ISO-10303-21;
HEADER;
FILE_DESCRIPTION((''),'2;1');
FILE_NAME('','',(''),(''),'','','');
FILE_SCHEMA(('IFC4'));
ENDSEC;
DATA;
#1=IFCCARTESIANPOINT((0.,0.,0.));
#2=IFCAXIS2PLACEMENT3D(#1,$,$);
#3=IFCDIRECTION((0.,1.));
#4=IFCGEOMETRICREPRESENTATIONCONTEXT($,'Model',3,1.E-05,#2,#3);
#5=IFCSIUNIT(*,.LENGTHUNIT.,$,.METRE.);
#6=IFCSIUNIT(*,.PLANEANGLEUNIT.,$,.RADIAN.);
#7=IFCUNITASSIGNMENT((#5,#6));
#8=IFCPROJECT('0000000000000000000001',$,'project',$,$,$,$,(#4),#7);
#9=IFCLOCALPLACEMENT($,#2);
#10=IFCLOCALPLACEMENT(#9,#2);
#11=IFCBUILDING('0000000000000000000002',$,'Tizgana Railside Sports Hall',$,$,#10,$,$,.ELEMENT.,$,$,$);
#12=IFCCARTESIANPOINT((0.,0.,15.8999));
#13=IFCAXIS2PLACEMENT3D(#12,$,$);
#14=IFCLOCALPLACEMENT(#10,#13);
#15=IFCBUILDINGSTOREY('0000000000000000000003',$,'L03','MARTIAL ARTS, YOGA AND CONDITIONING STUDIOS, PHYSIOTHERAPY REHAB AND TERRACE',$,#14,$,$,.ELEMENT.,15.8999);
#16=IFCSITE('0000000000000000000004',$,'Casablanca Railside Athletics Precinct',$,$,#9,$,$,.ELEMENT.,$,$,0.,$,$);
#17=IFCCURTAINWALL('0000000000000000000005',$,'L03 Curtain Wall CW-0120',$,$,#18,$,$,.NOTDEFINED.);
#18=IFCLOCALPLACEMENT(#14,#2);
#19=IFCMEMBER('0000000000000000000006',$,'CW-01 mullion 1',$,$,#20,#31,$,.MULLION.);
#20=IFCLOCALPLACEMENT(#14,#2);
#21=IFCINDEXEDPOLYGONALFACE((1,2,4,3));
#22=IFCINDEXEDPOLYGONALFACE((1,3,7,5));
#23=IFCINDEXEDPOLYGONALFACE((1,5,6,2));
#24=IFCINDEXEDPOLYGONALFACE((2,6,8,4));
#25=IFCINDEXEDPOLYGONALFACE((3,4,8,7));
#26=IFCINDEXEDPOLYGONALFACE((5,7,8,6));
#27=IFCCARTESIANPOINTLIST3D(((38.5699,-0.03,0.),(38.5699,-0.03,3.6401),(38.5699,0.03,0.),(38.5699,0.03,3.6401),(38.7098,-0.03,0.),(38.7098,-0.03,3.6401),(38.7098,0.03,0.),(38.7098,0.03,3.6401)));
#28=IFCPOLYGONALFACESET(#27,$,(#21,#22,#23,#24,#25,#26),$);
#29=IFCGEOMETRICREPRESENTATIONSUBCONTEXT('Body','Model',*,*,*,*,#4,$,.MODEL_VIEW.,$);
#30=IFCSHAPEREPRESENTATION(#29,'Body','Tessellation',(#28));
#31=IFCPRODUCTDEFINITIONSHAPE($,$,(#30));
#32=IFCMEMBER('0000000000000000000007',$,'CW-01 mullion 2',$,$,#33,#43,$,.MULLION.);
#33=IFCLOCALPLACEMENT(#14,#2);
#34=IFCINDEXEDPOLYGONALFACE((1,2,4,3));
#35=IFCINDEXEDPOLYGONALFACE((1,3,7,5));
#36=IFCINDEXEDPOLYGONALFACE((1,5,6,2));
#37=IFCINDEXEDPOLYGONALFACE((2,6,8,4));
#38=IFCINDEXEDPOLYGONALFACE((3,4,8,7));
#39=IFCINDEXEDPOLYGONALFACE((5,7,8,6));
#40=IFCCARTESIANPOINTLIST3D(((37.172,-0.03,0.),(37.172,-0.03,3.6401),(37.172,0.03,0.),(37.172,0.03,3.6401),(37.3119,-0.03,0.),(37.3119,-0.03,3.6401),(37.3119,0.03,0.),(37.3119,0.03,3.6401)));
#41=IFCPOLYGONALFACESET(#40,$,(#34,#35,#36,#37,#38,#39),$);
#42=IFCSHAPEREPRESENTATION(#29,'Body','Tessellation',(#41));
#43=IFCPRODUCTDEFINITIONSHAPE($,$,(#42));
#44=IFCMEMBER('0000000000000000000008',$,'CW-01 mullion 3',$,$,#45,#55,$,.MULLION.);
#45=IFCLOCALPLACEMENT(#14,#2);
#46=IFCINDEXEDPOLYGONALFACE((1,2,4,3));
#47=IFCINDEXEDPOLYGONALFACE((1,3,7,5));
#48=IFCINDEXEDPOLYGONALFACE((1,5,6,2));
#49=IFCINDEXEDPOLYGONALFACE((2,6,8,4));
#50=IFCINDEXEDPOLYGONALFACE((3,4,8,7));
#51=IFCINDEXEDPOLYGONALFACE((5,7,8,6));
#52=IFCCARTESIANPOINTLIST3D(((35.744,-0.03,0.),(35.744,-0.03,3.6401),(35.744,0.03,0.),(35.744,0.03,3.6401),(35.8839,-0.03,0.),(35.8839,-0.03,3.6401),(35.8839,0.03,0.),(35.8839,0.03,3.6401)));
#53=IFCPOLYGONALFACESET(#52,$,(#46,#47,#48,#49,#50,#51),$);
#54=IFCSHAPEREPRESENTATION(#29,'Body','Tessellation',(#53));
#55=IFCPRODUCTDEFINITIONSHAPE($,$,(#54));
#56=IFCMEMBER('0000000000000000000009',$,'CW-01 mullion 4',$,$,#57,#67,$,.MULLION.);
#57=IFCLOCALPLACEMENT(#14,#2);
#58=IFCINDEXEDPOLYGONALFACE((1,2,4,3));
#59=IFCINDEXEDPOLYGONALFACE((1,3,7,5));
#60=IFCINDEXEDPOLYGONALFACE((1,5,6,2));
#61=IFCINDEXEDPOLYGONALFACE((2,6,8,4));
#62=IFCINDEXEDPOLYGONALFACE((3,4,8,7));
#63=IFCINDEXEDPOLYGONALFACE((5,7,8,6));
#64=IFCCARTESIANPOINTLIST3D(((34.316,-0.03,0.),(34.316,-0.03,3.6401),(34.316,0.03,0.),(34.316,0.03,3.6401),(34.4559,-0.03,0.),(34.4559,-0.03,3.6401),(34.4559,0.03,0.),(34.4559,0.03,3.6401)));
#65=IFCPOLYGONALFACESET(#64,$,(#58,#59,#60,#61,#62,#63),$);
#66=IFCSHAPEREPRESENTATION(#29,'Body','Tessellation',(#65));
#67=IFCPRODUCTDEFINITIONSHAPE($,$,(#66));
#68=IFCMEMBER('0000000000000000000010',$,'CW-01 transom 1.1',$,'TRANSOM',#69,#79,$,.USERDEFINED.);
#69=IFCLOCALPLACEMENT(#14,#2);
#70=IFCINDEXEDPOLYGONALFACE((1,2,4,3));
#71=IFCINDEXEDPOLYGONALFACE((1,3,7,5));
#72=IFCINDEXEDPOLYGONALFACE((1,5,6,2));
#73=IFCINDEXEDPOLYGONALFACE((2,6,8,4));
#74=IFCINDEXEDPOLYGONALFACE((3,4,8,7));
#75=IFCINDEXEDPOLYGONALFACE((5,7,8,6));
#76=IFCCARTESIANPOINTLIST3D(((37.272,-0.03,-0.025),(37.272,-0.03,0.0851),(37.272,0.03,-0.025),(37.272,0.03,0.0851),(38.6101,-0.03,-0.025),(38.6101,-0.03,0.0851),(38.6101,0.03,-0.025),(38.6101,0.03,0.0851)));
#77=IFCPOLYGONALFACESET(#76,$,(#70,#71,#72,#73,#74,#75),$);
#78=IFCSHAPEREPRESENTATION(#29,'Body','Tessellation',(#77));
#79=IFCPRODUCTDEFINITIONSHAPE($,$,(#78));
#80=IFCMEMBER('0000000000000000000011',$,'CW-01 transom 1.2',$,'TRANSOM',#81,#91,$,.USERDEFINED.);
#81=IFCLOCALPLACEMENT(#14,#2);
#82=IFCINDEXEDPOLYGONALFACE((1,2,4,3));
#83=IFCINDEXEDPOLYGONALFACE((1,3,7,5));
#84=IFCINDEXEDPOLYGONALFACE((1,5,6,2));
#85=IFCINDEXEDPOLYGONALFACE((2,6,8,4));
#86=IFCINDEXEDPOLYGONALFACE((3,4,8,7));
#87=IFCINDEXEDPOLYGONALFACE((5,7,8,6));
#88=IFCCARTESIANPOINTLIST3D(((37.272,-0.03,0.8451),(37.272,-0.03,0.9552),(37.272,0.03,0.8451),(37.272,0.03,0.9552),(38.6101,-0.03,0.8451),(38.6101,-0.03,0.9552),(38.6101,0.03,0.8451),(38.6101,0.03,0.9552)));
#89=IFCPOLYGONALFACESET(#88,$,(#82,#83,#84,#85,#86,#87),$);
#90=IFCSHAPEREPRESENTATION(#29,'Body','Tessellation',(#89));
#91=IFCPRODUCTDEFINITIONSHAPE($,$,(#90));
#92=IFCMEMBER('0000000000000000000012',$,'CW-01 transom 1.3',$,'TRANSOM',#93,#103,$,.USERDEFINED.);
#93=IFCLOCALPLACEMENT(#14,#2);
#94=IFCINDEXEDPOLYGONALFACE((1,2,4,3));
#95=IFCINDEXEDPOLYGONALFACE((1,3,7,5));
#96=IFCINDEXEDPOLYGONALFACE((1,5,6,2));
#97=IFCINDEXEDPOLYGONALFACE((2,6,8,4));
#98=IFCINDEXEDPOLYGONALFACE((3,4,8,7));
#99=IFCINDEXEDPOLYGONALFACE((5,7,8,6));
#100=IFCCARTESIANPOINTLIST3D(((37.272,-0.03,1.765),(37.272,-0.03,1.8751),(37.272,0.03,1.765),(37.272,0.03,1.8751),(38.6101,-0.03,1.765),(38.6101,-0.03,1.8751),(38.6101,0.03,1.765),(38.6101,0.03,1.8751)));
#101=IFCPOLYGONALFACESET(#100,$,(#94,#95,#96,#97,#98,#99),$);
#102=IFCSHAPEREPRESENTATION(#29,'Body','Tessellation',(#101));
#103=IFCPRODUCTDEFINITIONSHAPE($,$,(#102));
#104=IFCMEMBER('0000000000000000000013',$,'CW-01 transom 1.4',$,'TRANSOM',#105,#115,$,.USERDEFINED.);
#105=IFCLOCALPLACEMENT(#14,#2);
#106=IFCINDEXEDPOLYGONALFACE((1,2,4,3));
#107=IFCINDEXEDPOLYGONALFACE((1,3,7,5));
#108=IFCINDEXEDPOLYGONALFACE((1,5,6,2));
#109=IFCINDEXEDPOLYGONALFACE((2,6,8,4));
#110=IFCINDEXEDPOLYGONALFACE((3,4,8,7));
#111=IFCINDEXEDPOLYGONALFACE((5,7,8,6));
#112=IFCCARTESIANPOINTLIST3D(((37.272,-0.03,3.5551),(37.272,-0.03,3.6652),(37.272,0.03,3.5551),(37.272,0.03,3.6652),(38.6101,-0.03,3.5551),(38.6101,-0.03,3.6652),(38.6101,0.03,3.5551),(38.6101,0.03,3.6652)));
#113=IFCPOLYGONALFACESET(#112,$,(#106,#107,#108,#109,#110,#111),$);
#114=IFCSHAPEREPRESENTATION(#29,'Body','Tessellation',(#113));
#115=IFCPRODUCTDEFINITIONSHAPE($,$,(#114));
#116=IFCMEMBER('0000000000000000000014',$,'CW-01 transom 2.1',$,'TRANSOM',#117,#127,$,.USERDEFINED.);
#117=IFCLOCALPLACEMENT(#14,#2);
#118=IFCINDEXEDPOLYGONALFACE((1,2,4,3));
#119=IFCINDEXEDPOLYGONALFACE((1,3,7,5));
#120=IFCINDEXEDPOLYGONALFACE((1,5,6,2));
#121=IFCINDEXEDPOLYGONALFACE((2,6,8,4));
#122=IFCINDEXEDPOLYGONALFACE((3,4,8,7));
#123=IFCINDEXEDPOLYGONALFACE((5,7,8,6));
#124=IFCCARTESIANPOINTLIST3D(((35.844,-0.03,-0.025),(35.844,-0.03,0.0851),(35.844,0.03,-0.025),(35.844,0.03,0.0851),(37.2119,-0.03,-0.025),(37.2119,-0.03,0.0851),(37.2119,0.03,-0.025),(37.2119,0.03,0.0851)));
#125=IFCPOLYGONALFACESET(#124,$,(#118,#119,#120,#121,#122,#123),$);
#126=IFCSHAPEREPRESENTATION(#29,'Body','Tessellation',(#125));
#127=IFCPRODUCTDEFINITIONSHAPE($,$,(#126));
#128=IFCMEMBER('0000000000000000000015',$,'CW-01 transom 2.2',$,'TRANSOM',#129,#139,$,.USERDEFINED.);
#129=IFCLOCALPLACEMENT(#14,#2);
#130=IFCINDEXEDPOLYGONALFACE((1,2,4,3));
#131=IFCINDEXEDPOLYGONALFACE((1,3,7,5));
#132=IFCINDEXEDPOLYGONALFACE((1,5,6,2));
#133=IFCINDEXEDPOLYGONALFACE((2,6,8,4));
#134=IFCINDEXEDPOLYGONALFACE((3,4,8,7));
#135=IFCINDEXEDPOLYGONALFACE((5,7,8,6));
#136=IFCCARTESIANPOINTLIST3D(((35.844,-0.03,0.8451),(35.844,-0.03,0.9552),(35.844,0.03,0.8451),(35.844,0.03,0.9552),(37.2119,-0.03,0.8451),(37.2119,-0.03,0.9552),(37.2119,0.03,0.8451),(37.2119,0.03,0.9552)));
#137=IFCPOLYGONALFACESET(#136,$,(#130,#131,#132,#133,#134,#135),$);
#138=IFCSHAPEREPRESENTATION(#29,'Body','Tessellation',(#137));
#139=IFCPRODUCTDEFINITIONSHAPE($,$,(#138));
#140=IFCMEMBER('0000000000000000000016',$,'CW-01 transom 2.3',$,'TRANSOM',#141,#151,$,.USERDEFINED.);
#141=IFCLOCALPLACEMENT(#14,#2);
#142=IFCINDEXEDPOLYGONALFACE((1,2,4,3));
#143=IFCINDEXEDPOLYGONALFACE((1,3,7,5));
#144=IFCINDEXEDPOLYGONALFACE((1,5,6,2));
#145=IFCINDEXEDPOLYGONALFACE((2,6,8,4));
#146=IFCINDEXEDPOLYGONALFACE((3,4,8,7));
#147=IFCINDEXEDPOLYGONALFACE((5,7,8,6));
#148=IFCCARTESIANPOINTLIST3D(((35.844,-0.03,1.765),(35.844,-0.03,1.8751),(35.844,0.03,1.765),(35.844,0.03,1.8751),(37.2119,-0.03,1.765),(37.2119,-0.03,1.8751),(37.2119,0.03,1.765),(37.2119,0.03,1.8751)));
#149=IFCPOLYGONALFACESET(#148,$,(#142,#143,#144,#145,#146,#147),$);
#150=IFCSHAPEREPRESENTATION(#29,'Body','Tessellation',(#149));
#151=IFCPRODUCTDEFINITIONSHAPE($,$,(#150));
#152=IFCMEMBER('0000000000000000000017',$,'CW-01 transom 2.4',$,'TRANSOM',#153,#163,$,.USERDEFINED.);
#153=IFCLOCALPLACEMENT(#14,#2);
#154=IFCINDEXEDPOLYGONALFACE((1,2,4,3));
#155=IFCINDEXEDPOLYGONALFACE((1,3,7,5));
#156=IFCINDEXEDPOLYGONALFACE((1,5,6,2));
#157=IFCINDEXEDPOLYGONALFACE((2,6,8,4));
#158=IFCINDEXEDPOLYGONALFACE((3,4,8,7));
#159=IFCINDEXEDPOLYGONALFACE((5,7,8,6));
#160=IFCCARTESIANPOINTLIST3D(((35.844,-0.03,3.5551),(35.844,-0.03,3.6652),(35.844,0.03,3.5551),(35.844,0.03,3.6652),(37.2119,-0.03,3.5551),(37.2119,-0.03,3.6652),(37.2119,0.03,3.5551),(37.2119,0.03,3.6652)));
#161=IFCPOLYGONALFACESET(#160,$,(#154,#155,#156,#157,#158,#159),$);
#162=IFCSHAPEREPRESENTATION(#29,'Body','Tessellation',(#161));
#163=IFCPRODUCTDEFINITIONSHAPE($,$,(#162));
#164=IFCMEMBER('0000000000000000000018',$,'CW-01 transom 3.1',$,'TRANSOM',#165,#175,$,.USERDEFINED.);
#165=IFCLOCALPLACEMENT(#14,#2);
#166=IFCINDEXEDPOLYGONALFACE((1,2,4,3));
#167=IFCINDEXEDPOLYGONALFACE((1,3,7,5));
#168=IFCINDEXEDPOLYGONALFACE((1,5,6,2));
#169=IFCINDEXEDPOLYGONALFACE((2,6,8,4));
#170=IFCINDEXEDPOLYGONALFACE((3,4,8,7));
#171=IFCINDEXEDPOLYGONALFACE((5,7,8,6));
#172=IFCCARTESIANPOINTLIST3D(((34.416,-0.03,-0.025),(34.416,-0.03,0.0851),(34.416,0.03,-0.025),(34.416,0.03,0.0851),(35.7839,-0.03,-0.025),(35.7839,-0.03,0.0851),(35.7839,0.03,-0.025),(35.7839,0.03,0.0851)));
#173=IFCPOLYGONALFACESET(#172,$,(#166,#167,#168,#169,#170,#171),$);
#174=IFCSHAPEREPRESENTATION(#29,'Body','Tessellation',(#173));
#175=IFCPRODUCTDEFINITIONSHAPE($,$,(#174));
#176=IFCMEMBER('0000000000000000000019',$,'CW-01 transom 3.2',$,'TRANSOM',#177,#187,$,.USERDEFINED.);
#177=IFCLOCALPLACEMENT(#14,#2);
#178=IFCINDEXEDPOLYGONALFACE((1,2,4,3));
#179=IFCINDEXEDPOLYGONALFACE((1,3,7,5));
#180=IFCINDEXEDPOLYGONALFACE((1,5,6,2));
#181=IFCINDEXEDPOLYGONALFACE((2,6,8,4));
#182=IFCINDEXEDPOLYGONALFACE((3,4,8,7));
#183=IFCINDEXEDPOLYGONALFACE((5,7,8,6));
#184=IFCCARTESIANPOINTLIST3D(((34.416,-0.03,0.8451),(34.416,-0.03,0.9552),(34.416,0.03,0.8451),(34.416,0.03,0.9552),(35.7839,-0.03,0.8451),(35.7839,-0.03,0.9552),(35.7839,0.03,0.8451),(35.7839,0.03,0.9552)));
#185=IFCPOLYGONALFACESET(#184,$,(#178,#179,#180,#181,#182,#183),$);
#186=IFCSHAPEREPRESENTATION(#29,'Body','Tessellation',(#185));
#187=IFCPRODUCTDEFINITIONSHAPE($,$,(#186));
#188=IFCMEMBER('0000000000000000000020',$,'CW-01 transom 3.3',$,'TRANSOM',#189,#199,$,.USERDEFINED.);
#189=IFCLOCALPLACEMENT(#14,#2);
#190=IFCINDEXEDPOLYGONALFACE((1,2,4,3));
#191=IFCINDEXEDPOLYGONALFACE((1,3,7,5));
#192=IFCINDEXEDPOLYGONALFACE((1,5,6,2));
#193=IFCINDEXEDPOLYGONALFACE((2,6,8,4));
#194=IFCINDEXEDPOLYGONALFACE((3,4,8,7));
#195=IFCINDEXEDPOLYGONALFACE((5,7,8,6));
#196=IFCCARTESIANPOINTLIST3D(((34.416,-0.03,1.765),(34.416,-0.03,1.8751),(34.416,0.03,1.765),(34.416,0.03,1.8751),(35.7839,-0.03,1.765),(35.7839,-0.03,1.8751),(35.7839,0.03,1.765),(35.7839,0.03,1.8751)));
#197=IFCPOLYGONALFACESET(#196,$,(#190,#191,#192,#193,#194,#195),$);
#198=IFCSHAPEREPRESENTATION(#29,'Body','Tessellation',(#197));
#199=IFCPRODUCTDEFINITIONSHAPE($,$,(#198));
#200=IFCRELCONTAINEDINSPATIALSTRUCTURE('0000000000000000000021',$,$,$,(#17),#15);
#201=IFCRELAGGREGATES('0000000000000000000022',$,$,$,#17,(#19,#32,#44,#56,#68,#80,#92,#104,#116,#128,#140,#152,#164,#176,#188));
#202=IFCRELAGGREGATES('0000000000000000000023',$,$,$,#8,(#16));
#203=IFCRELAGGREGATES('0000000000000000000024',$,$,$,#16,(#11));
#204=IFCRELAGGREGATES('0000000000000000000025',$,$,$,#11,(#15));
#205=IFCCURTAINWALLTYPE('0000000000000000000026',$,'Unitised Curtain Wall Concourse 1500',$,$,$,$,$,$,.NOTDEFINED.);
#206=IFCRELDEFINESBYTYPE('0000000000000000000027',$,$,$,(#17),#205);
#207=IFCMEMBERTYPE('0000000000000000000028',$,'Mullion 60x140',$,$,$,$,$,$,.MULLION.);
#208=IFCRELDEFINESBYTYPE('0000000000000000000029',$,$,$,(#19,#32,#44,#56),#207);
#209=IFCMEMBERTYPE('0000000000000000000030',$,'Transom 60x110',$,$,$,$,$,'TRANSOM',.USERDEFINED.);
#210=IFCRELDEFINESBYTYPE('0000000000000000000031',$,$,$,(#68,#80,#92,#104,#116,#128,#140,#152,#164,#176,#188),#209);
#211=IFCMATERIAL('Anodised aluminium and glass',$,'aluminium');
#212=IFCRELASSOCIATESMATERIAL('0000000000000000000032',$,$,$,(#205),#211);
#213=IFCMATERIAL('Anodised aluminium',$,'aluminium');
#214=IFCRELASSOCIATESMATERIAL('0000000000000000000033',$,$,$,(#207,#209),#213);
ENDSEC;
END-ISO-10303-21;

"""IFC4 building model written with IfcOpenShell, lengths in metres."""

from ifc_helpers import new_model, si_unit, direction, frame, origin, origin_2d, place, context, subcontext, project, spatial, rectangle, extrude, material, material_profile, profile_set, type_object, element, aggregate, save


model = new_model("IFC4")

# Units and contexts
model_context = context("Model", 3, precision=1e-05, world=origin(), true_north=direction((0.0, 1.0)))
body_context = subcontext(model_context, "Body", "Model", "MODEL_VIEW")
ifc_project = project(units=[si_unit("LENGTHUNIT", "METRE"), si_unit("PLANEANGLEUNIT", "RADIAN")], contexts=[model_context])

# Site, building, storey
site_placement = place(None, origin())
site = spatial("IfcSite", under=ifc_project, at=site_placement, Name="Casablanca Railside Athletics Precinct", CompositionType="ELEMENT", RefElevation=0.0)
building_placement = place(site_placement, origin())
building = spatial("IfcBuilding", under=site, at=building_placement, Name="Tizgana Railside Sports Hall", CompositionType="ELEMENT")
storey_placement = place(building_placement, frame((0.0, 0.0, 15.8999)))
storey = spatial("IfcBuildingStorey", under=building, at=storey_placement, Name="L03", Description="MARTIAL ARTS, YOGA AND CONDITIONING STUDIOS, PHYSIOTHERAPY REHAB AND TERRACE", CompositionType="ELEMENT", Elevation=15.8999)

# Curtain wall, members
ifc_material_1 = material(Name="Anodised aluminium and glass", Category="aluminium")
curtain_wall_type = type_object("IfcCurtainWallType", Name="Unitised Curtain Wall Concourse 1500", PredefinedType="NOTDEFINED", material=ifc_material_1)
curtain_wall_placement = place(storey_placement, origin())
curtain_wall = element("IfcCurtainWall", 1, at=curtain_wall_placement, inside=storey, type_object=curtain_wall_type, Name="L03 Curtain Wall CW-0120", PredefinedType="NOTDEFINED")
ifc_material_2 = material(Name="Anodised aluminium", Category="aluminium")
ifc_material_profile_1 = material_profile(ifc_material_2, rectangle(XDim=0.0601, YDim=0.1399, at=origin_2d()), Name="Mullion 60x140")
ifc_profile_set_1 = profile_set([ifc_material_profile_1], Name="Anodised aluminium")
member_type_1 = type_object("IfcMemberType", Name="Mullion 60x140", PredefinedType="MULLION", material=ifc_profile_set_1)
member_1_placement = place(storey_placement, frame((38.6399, 0.0, 0.0), z_axis=(0.0, 0.0, 1.0), x_axis=(0.0, -1.0, 0.0)))
member_1 = element("IfcMember", 2, at=member_1_placement, type_object=member_type_1, Name="CW-01 mullion 1", PredefinedType="MULLION", context=body_context, shape_type="SweptSolid", body=[
    extrude(rectangle(XDim=0.0601, YDim=0.1399, at=origin_2d()), origin(), (0.0, 0.0, 1.0), 3.6401),
])
member_2_placement = place(storey_placement, frame((37.2419, 0.0, 0.0), z_axis=(0.0, 0.0, 1.0), x_axis=(0.0, -1.0, 0.0)))
member_2 = element("IfcMember", 3, at=member_2_placement, type_object=member_type_1, Name="CW-01 mullion 2", PredefinedType="MULLION", context=body_context, shape_type="SweptSolid", body=[
    extrude(rectangle(XDim=0.0601, YDim=0.1399, at=origin_2d()), origin(), (0.0, 0.0, 1.0), 3.6401),
])
member_3_placement = place(storey_placement, frame((35.814, 0.0, 0.0), z_axis=(0.0, 0.0, 1.0), x_axis=(0.0, -1.0, 0.0)))
member_3 = element("IfcMember", 4, at=member_3_placement, type_object=member_type_1, Name="CW-01 mullion 3", PredefinedType="MULLION", context=body_context, shape_type="SweptSolid", body=[
    extrude(rectangle(XDim=0.0601, YDim=0.1399, at=origin_2d()), origin(), (0.0, 0.0, 1.0), 3.6401),
])
member_4_placement = place(storey_placement, frame((34.386, 0.0, 0.0), z_axis=(0.0, 0.0, 1.0), x_axis=(0.0, -1.0, 0.0)))
member_4 = element("IfcMember", 5, at=member_4_placement, type_object=member_type_1, Name="CW-01 mullion 4", PredefinedType="MULLION", context=body_context, shape_type="SweptSolid", body=[
    extrude(rectangle(XDim=0.0601, YDim=0.1399, at=origin_2d()), origin(), (0.0, 0.0, 1.0), 3.6401),
])
ifc_material_profile_2 = material_profile(ifc_material_2, rectangle(XDim=0.0601, YDim=0.1101, at=origin_2d()), Name="Transom 60x110")
ifc_profile_set_2 = profile_set([ifc_material_profile_2], Name="Anodised aluminium")
member_type_2 = type_object("IfcMemberType", Name="Transom 60x110", ElementType="TRANSOM", PredefinedType="USERDEFINED", material=ifc_profile_set_2)
member_5_placement = place(storey_placement, frame((38.6101, 0.0, 0.03), z_axis=(-1.0, 0.0, 0.0), x_axis=(0.0, -1.0, 0.0)))
member_5 = element("IfcMember", 6, at=member_5_placement, type_object=member_type_2, Name="CW-01 transom 1.1", ObjectType="TRANSOM", PredefinedType="USERDEFINED", context=body_context, shape_type="SweptSolid", body=[
    extrude(rectangle(XDim=0.0601, YDim=0.1101, at=origin_2d()), origin(), (0.0, 0.0, 1.0), 1.3381),
])
member_6_placement = place(storey_placement, frame((38.6101, 0.0, 0.9001), z_axis=(-1.0, 0.0, 0.0), x_axis=(0.0, -1.0, 0.0)))
member_6 = element("IfcMember", 7, at=member_6_placement, type_object=member_type_2, Name="CW-01 transom 1.2", ObjectType="TRANSOM", PredefinedType="USERDEFINED", context=body_context, shape_type="SweptSolid", body=[
    extrude(rectangle(XDim=0.0601, YDim=0.1101, at=origin_2d()), origin(), (0.0, 0.0, 1.0), 1.3381),
])
member_7_placement = place(storey_placement, frame((38.6101, 0.0, 1.8201), z_axis=(-1.0, 0.0, 0.0), x_axis=(0.0, -1.0, 0.0)))
member_7 = element("IfcMember", 8, at=member_7_placement, type_object=member_type_2, Name="CW-01 transom 1.3", ObjectType="TRANSOM", PredefinedType="USERDEFINED", context=body_context, shape_type="SweptSolid", body=[
    extrude(rectangle(XDim=0.0601, YDim=0.1101, at=origin_2d()), origin(), (0.0, 0.0, 1.0), 1.3381),
])
member_8_placement = place(storey_placement, frame((38.6101, 0.0, 3.6101), z_axis=(-1.0, 0.0, 0.0), x_axis=(0.0, -1.0, 0.0)))
member_8 = element("IfcMember", 9, at=member_8_placement, type_object=member_type_2, Name="CW-01 transom 1.4", ObjectType="TRANSOM", PredefinedType="USERDEFINED", context=body_context, shape_type="SweptSolid", body=[
    extrude(rectangle(XDim=0.0601, YDim=0.1101, at=origin_2d()), origin(), (0.0, 0.0, 1.0), 1.3381),
])
member_9_placement = place(storey_placement, frame((37.2119, 0.0, 0.03), z_axis=(-1.0, 0.0, 0.0), x_axis=(0.0, -1.0, 0.0)))
member_9 = element("IfcMember", 10, at=member_9_placement, type_object=member_type_2, Name="CW-01 transom 2.1", ObjectType="TRANSOM", PredefinedType="USERDEFINED", context=body_context, shape_type="SweptSolid", body=[
    extrude(rectangle(XDim=0.0601, YDim=0.1101, at=origin_2d()), origin(), (0.0, 0.0, 1.0), 1.3679),
])
member_10_placement = place(storey_placement, frame((37.2119, 0.0, 0.9001), z_axis=(-1.0, 0.0, 0.0), x_axis=(0.0, -1.0, 0.0)))
member_10 = element("IfcMember", 11, at=member_10_placement, type_object=member_type_2, Name="CW-01 transom 2.2", ObjectType="TRANSOM", PredefinedType="USERDEFINED", context=body_context, shape_type="SweptSolid", body=[
    extrude(rectangle(XDim=0.0601, YDim=0.1101, at=origin_2d()), origin(), (0.0, 0.0, 1.0), 1.3679),
])
member_11_placement = place(storey_placement, frame((37.2119, 0.0, 1.8201), z_axis=(-1.0, 0.0, 0.0), x_axis=(0.0, -1.0, 0.0)))
member_11 = element("IfcMember", 12, at=member_11_placement, type_object=member_type_2, Name="CW-01 transom 2.3", ObjectType="TRANSOM", PredefinedType="USERDEFINED", context=body_context, shape_type="SweptSolid", body=[
    extrude(rectangle(XDim=0.0601, YDim=0.1101, at=origin_2d()), origin(), (0.0, 0.0, 1.0), 1.3679),
])
member_12_placement = place(storey_placement, frame((37.2119, 0.0, 3.6101), z_axis=(-1.0, 0.0, 0.0), x_axis=(0.0, -1.0, 0.0)))
member_12 = element("IfcMember", 13, at=member_12_placement, type_object=member_type_2, Name="CW-01 transom 2.4", ObjectType="TRANSOM", PredefinedType="USERDEFINED", context=body_context, shape_type="SweptSolid", body=[
    extrude(rectangle(XDim=0.0601, YDim=0.1101, at=origin_2d()), origin(), (0.0, 0.0, 1.0), 1.3679),
])
member_13_placement = place(storey_placement, frame((35.7839, 0.0, 0.03), z_axis=(-1.0, 0.0, 0.0), x_axis=(0.0, -1.0, 0.0)))
member_13 = element("IfcMember", 14, at=member_13_placement, type_object=member_type_2, Name="CW-01 transom 3.1", ObjectType="TRANSOM", PredefinedType="USERDEFINED", context=body_context, shape_type="SweptSolid", body=[
    extrude(rectangle(XDim=0.0601, YDim=0.1101, at=origin_2d()), origin(), (0.0, 0.0, 1.0), 1.3679),
])
member_14_placement = place(storey_placement, frame((35.7839, 0.0, 0.9001), z_axis=(-1.0, 0.0, 0.0), x_axis=(0.0, -1.0, 0.0)))
member_14 = element("IfcMember", 15, at=member_14_placement, type_object=member_type_2, Name="CW-01 transom 3.2", ObjectType="TRANSOM", PredefinedType="USERDEFINED", context=body_context, shape_type="SweptSolid", body=[
    extrude(rectangle(XDim=0.0601, YDim=0.1101, at=origin_2d()), origin(), (0.0, 0.0, 1.0), 1.3679),
])
member_15_placement = place(storey_placement, frame((35.7839, 0.0, 1.8201), z_axis=(-1.0, 0.0, 0.0), x_axis=(0.0, -1.0, 0.0)))
member_15 = element("IfcMember", 16, at=member_15_placement, type_object=member_type_2, Name="CW-01 transom 3.3", ObjectType="TRANSOM", PredefinedType="USERDEFINED", context=body_context, shape_type="SweptSolid", body=[
    extrude(rectangle(XDim=0.0601, YDim=0.1101, at=origin_2d()), origin(), (0.0, 0.0, 1.0), 1.3679),
])
aggregate(curtain_wall, [member_1, member_2, member_3, member_4, member_5, member_6, member_7, member_8, member_9, member_10, member_11, member_12, member_13, member_14, member_15])

save(model, "model.ifc")
